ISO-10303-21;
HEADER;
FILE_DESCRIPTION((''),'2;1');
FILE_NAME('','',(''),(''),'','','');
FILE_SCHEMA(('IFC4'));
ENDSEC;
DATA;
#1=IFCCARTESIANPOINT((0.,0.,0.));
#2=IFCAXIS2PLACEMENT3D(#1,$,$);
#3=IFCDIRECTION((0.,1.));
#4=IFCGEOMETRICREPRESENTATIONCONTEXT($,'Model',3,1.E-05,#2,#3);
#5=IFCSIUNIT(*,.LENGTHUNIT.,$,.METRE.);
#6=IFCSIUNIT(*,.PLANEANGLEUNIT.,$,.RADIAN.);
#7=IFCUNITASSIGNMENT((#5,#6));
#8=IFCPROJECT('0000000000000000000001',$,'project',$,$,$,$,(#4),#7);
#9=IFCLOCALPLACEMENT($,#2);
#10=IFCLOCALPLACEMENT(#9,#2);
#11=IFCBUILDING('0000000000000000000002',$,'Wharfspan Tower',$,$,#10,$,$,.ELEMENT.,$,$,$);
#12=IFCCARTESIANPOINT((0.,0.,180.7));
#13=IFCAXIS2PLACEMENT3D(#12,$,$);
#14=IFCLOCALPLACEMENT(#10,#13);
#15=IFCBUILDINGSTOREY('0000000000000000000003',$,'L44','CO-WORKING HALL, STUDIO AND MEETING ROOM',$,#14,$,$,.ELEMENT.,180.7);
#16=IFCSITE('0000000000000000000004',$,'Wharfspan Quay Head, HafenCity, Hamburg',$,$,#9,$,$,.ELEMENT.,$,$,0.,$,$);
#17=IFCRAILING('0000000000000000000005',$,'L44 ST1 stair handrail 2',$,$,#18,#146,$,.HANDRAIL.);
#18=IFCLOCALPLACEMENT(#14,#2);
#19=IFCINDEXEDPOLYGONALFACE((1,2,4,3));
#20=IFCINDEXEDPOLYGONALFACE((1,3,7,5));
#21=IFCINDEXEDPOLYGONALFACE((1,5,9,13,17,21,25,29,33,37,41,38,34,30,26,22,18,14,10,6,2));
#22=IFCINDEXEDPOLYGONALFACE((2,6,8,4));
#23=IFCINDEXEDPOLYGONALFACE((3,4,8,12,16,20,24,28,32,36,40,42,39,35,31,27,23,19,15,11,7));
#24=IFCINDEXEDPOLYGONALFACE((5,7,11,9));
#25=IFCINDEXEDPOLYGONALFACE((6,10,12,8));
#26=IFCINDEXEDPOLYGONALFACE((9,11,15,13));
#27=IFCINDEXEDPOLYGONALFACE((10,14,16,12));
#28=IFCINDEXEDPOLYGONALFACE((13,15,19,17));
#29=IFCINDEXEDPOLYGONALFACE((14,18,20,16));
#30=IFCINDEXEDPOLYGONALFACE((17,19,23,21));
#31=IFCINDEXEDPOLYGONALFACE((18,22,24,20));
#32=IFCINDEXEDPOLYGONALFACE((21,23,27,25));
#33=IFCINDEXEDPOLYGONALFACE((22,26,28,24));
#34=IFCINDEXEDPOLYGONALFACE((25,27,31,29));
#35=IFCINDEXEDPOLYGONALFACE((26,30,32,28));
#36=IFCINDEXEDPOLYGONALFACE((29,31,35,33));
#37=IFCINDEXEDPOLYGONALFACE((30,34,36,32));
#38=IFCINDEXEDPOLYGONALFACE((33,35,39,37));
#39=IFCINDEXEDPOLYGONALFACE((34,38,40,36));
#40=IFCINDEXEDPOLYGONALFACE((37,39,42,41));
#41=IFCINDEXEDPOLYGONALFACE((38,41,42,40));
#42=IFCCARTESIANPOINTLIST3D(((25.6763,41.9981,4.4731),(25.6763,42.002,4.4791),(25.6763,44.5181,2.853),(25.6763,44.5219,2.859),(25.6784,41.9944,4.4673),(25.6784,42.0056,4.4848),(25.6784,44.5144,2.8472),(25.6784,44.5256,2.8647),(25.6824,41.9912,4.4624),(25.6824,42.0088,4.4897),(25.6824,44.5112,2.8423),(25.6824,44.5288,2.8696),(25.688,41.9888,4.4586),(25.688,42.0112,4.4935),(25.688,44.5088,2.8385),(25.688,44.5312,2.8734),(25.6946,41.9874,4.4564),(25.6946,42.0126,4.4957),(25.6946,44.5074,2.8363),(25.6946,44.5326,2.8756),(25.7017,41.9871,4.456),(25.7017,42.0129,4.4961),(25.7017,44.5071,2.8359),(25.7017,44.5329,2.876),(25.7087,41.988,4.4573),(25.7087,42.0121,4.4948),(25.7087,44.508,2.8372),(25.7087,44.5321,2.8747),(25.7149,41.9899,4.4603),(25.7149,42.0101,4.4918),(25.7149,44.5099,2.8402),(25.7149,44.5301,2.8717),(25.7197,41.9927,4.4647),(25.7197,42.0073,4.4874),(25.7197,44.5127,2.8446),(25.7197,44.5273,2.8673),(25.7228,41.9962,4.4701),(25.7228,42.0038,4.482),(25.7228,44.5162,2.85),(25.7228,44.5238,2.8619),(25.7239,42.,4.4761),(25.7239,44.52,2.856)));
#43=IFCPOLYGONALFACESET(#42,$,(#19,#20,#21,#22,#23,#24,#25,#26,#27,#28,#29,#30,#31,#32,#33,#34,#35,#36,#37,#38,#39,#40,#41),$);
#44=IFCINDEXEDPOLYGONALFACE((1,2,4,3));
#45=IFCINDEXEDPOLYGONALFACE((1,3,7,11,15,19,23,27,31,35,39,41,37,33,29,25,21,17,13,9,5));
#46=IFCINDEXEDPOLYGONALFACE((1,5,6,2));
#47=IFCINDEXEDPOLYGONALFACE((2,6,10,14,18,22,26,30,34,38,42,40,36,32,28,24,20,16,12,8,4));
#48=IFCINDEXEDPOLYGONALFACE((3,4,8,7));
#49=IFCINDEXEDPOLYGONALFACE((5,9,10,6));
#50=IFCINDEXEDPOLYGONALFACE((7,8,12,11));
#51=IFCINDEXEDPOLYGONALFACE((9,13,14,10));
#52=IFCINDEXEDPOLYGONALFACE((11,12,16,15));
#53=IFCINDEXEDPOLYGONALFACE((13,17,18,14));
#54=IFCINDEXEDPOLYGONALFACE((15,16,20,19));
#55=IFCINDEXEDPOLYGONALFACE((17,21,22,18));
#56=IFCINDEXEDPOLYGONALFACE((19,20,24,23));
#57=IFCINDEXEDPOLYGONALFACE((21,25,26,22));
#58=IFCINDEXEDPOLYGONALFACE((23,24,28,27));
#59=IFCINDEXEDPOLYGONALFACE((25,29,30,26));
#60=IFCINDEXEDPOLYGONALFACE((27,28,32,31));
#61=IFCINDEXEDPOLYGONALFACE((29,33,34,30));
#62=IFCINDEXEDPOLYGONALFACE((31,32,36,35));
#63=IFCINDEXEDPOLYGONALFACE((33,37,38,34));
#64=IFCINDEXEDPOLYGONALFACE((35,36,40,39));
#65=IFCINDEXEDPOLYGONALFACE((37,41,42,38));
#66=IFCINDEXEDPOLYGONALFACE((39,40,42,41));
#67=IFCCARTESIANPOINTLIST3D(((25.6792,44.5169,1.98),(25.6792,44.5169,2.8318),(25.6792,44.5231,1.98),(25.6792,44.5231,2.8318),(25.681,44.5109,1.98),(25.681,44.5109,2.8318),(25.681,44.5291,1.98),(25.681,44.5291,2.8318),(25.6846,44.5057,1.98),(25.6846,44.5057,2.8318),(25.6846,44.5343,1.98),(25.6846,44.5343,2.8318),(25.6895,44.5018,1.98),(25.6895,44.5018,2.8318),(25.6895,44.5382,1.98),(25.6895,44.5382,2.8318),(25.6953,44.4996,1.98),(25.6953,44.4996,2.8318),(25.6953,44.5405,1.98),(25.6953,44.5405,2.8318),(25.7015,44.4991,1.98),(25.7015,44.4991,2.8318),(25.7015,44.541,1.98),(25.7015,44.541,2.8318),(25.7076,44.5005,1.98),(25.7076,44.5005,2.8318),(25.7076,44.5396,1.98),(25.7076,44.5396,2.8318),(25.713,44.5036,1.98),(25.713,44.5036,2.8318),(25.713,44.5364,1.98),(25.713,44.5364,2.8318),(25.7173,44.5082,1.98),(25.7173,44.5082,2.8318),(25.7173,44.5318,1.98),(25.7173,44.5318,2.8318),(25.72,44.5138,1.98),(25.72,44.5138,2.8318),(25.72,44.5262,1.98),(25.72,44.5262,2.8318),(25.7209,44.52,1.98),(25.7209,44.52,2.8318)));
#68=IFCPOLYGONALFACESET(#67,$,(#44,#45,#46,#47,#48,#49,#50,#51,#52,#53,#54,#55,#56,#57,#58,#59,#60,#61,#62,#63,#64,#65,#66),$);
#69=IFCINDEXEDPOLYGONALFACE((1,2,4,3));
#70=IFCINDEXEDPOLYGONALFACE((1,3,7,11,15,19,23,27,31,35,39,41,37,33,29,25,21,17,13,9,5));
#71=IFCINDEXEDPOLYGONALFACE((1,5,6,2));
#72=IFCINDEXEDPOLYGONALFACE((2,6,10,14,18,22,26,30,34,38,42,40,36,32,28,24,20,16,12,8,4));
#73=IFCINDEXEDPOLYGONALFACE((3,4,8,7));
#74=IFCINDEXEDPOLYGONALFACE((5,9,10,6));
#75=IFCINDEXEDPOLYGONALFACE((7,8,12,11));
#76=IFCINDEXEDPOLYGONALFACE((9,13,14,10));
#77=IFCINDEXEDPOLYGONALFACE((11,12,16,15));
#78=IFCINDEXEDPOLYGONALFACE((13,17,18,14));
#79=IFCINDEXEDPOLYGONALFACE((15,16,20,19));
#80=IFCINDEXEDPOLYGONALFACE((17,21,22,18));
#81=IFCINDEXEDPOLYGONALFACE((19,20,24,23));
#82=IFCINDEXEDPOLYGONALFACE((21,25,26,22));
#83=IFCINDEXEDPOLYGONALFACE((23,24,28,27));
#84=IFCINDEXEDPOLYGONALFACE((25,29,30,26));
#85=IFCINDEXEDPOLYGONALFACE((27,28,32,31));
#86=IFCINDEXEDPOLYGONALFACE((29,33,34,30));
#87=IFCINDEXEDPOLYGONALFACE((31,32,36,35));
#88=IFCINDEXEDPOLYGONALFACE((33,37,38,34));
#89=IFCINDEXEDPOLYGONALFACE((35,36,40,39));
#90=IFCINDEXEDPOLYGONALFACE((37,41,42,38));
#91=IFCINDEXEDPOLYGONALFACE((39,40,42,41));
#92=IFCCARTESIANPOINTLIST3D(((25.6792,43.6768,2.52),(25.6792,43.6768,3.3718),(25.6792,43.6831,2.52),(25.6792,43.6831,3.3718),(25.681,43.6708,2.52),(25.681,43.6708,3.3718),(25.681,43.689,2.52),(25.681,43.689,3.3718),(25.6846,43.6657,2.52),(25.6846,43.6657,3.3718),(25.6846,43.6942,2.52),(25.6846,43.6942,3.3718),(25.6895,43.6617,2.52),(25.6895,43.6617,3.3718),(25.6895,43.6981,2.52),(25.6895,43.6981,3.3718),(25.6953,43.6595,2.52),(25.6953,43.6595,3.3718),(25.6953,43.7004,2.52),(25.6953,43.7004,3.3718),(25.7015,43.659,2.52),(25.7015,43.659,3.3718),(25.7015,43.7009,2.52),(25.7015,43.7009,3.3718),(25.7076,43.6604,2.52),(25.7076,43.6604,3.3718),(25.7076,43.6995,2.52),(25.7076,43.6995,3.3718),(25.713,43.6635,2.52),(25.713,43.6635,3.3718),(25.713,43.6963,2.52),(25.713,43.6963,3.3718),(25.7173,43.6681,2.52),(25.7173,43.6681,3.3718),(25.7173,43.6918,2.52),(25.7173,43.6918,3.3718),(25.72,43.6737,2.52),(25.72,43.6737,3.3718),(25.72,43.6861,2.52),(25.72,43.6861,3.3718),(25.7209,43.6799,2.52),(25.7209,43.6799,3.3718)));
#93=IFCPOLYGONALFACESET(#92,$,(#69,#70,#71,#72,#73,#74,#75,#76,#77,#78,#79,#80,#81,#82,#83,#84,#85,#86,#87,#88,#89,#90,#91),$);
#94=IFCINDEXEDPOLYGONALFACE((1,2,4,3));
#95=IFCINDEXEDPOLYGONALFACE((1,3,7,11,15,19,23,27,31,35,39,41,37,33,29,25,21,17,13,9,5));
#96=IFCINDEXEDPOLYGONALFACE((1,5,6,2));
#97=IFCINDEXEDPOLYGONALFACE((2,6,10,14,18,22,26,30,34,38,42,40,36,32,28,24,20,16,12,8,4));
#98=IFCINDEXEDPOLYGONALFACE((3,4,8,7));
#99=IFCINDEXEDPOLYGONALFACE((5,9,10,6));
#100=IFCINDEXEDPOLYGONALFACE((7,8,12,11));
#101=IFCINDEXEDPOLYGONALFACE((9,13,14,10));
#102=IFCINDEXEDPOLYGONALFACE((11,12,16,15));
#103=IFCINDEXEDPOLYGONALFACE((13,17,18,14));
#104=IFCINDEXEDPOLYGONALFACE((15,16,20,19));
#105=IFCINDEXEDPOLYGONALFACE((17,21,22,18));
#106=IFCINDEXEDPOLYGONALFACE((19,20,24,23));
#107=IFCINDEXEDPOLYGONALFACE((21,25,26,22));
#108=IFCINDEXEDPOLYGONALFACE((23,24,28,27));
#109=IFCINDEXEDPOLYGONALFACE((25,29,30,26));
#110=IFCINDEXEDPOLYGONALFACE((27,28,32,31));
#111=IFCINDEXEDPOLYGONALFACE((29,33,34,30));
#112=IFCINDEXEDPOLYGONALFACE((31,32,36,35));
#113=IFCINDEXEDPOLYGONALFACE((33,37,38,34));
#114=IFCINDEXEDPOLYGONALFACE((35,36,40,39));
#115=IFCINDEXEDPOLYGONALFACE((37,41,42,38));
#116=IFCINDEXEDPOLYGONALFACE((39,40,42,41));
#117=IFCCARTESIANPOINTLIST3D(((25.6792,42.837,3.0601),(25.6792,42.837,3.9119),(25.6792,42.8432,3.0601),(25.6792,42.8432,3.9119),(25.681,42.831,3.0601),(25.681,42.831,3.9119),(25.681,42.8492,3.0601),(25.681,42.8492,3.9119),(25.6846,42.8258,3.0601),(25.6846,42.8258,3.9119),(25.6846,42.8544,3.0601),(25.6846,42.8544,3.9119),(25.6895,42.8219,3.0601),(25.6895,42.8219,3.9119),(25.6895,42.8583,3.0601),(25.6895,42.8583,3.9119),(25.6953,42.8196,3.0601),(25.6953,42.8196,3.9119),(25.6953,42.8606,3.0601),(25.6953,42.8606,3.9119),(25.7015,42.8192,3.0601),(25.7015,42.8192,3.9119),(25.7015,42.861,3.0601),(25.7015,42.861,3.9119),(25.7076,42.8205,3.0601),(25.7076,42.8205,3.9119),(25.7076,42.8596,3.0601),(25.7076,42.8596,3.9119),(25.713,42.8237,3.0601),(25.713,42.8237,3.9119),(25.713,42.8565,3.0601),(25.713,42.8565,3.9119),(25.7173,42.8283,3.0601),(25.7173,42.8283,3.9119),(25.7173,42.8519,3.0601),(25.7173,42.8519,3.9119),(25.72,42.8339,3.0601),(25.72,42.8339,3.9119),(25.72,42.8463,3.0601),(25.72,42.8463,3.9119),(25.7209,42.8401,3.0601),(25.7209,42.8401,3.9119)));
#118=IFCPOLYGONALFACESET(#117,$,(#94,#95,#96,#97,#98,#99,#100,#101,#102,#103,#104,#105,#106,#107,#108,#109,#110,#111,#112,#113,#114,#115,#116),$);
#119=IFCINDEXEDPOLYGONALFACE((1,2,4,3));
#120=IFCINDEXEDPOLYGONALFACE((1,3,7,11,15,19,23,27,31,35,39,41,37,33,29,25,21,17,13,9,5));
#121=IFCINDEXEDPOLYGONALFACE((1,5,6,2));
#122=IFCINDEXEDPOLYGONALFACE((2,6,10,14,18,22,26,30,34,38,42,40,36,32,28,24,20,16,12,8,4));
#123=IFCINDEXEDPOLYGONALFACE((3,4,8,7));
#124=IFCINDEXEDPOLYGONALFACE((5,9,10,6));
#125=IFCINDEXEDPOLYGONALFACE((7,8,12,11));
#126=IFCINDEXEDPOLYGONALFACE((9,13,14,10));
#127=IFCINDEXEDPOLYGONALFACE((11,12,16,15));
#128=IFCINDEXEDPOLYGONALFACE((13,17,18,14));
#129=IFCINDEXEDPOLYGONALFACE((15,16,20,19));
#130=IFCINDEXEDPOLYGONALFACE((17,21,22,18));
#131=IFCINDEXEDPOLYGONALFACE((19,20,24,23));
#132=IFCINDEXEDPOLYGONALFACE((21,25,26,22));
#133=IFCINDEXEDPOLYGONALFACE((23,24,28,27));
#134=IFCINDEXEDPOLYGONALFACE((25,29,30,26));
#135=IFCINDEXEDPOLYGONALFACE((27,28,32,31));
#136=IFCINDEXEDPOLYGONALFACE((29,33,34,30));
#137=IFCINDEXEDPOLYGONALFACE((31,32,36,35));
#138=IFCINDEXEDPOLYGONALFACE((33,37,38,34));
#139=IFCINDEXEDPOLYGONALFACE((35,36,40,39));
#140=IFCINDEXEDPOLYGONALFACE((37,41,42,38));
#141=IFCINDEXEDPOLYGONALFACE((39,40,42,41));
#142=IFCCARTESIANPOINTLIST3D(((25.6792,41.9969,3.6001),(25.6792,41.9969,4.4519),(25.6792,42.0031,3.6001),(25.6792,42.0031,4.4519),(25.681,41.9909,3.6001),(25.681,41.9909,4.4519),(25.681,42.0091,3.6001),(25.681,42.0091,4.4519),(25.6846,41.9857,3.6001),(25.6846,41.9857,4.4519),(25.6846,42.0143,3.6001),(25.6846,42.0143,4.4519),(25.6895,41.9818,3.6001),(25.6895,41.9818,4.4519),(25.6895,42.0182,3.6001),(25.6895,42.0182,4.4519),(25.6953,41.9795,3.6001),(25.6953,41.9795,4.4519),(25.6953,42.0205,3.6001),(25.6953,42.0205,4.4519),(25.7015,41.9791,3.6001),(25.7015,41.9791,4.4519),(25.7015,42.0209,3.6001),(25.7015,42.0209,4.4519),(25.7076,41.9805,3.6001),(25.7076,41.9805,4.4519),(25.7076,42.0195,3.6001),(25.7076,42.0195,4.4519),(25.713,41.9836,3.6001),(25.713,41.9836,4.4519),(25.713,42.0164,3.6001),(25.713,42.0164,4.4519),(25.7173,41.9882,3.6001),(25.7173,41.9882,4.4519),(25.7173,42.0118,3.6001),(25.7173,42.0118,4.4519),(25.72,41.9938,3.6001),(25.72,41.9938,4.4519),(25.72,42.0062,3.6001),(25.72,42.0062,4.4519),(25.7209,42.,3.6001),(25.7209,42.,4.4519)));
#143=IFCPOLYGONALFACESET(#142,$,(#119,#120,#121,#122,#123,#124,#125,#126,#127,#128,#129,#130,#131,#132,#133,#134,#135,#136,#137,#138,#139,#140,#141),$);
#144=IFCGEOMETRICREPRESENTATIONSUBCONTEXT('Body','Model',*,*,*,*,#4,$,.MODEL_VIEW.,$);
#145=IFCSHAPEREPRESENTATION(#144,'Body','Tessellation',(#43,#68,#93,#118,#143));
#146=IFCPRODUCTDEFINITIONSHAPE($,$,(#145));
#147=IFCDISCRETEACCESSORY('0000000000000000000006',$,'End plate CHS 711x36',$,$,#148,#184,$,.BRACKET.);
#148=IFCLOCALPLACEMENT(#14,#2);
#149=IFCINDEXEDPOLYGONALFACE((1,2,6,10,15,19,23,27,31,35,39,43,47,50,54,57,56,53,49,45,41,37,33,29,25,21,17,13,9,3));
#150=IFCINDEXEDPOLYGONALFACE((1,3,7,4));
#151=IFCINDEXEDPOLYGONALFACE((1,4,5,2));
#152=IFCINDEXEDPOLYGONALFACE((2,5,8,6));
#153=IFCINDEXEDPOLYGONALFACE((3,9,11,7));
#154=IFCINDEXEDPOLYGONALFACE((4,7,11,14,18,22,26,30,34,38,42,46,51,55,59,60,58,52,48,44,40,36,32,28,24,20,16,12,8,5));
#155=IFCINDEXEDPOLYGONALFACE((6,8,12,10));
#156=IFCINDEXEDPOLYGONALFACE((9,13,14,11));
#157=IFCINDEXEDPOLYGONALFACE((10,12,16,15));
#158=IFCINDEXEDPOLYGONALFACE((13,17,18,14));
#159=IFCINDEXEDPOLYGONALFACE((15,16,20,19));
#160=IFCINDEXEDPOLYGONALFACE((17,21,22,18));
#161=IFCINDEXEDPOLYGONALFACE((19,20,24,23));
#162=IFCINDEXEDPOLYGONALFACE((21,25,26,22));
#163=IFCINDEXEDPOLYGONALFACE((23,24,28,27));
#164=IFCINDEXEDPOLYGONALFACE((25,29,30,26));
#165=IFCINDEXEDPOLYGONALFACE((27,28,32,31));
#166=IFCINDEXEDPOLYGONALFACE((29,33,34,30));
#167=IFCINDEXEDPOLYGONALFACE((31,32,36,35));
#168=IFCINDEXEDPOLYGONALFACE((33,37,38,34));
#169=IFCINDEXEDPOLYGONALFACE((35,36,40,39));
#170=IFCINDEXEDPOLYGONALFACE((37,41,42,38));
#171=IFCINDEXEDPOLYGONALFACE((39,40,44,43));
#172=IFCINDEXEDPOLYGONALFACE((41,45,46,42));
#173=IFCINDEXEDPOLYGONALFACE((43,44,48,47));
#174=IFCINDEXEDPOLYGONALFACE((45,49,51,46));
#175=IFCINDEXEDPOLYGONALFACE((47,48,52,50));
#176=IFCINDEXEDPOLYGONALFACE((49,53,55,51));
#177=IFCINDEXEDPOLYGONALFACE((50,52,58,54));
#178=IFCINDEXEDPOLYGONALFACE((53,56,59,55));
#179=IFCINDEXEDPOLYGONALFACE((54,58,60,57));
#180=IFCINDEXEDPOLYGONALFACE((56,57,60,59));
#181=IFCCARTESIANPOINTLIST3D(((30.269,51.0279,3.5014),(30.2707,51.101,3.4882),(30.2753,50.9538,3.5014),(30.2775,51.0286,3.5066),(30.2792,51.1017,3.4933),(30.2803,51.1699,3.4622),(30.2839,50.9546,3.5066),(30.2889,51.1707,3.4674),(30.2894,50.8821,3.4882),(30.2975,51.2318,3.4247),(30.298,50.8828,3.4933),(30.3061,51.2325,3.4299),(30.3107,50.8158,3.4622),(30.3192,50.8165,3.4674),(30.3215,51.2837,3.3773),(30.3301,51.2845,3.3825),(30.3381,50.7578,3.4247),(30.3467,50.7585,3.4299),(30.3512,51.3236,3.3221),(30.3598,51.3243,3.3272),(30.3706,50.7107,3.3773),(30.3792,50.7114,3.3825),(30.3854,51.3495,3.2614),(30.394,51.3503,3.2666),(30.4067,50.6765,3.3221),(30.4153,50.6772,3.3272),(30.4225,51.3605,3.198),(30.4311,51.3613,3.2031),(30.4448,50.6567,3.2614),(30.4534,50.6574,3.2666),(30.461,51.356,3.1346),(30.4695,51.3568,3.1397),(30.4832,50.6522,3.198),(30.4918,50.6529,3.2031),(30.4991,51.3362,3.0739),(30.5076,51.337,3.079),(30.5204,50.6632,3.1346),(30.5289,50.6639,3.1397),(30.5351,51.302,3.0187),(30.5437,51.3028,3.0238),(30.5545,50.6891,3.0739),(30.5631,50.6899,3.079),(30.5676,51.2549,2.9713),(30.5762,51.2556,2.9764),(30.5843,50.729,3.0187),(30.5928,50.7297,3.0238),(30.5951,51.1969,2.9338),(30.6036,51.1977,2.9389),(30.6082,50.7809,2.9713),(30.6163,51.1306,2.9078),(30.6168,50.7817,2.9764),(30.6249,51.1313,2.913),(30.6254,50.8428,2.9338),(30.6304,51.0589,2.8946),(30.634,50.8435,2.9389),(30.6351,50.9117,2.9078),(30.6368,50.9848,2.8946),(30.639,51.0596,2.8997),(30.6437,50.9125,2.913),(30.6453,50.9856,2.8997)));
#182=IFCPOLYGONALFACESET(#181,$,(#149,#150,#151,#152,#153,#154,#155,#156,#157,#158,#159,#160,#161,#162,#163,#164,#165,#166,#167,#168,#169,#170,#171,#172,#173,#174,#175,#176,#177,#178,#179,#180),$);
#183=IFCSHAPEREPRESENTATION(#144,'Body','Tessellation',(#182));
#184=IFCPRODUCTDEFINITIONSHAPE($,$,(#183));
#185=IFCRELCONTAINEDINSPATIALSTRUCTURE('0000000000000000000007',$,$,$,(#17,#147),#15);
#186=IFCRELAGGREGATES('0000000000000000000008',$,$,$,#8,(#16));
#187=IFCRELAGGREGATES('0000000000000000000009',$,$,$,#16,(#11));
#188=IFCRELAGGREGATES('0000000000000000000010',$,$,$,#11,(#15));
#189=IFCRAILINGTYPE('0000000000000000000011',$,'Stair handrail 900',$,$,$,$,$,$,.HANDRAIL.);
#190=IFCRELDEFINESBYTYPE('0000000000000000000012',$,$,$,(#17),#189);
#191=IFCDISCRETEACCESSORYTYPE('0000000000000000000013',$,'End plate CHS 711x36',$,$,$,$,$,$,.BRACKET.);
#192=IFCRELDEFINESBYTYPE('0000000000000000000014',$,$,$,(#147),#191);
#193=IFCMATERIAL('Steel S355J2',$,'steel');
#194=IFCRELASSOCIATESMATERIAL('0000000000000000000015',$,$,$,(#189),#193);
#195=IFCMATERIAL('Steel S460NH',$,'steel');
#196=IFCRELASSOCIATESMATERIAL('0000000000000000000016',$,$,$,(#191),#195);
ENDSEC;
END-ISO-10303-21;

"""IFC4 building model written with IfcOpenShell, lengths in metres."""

from ifc_helpers import new_model, si_unit, direction, frame, origin, origin_2d, place, context, subcontext, project, spatial, circle, extrude, material, material_profile, profile_set, type_object, element, save


model = new_model("IFC4")

# Units and contexts
model_context = context("Model", 3, precision=1e-05, world=origin(), true_north=direction((0.0, 1.0)))
body_context = subcontext(model_context, "Body", "Model", "MODEL_VIEW")
ifc_project = project(units=[si_unit("LENGTHUNIT", "METRE"), si_unit("PLANEANGLEUNIT", "RADIAN")], contexts=[model_context])

# Site, building, storey
site_placement = place(None, origin())
site = spatial("IfcSite", under=ifc_project, at=site_placement, Name="Wharfspan Quay Head, HafenCity, Hamburg", CompositionType="ELEMENT", RefElevation=0.0)
building_placement = place(site_placement, origin())
building = spatial("IfcBuilding", under=site, at=building_placement, Name="Wharfspan Tower", CompositionType="ELEMENT")
storey_placement = place(building_placement, frame((0.0, 0.0, 180.7)))
storey = spatial("IfcBuildingStorey", under=building, at=storey_placement, Name="L44", Description="CO-WORKING HALL, STUDIO AND MEETING ROOM", CompositionType="ELEMENT", Elevation=180.7)

# Shared definitions
ifc_material_1 = material(Name="Steel S355J2", Category="steel")

# Shared definitions
ifc_material_2 = material(Name="Steel S460NH", Category="steel")

# Railing
railing_type_1 = type_object("IfcRailingType", Name="Stair handrail 900", PredefinedType="HANDRAIL", material=ifc_material_1)
railing_1_placement = place(storey_placement, frame((25.7, 44.52, 1.98)))
element("IfcRailing", 1, at=railing_1_placement, inside=storey, type_object=railing_type_1, Name="L44 ST1 stair handrail 2", PredefinedType="HANDRAIL", context=body_context, shape_type="SweptSolid", body=[
    extrude(circle(Radius=0.0239, at=origin_2d()), frame((0.0, 0.0, 0.876), z_axis=(0.0, -0.841163, 0.540782), x_axis=(1.0, 0.0, 0.0)), (0.0, 0.0, 1.0), 2.9958),
    extrude(circle(Radius=0.021, at=origin_2d()), origin(), (0.0, 0.0, 1.0), 0.8518),
    extrude(circle(Radius=0.021, at=origin_2d()), frame((0.0, -0.8401, 0.54)), (0.0, 0.0, 1.0), 0.8518),
    extrude(circle(Radius=0.021, at=origin_2d()), frame((0.0, -1.6799, 1.0801)), (0.0, 0.0, 1.0), 0.8518),
    extrude(circle(Radius=0.021, at=origin_2d()), frame((0.0, -2.52, 1.6201)), (0.0, 0.0, 1.0), 0.8518),
])

# Discrete accessory
ifc_material_profile_1 = material_profile(ifc_material_2, circle(Radius=0.3555, at=origin_2d()))
ifc_profile_set_1 = profile_set([ifc_material_profile_1], Name="Steel S460NH")
discrete_accessory_type = type_object("IfcDiscreteAccessoryType", Name="End plate CHS 711x36", PredefinedType="BRACKET", material=ifc_profile_set_1)
for number, where, z_axis, x_axis, name in (
    (2, (30.4529, 51.0063, 3.198), (0.855186, 0.073302, 0.513112), (-0.085402, 0.996345, 0.000001), "End plate CHS 711x36"),
):
    element("IfcDiscreteAccessory", number, at=place(storey_placement, frame(where, z_axis=z_axis, x_axis=x_axis)), inside=storey, type_object=discrete_accessory_type, Name=name, PredefinedType="BRACKET", context=body_context, shape_type="SweptSolid", body=[
        extrude(circle(Radius=0.3555, at=origin_2d()), origin(), (0.0, 0.0, 1.0), 0.01),
    ])

save(model, "model.ifc")
